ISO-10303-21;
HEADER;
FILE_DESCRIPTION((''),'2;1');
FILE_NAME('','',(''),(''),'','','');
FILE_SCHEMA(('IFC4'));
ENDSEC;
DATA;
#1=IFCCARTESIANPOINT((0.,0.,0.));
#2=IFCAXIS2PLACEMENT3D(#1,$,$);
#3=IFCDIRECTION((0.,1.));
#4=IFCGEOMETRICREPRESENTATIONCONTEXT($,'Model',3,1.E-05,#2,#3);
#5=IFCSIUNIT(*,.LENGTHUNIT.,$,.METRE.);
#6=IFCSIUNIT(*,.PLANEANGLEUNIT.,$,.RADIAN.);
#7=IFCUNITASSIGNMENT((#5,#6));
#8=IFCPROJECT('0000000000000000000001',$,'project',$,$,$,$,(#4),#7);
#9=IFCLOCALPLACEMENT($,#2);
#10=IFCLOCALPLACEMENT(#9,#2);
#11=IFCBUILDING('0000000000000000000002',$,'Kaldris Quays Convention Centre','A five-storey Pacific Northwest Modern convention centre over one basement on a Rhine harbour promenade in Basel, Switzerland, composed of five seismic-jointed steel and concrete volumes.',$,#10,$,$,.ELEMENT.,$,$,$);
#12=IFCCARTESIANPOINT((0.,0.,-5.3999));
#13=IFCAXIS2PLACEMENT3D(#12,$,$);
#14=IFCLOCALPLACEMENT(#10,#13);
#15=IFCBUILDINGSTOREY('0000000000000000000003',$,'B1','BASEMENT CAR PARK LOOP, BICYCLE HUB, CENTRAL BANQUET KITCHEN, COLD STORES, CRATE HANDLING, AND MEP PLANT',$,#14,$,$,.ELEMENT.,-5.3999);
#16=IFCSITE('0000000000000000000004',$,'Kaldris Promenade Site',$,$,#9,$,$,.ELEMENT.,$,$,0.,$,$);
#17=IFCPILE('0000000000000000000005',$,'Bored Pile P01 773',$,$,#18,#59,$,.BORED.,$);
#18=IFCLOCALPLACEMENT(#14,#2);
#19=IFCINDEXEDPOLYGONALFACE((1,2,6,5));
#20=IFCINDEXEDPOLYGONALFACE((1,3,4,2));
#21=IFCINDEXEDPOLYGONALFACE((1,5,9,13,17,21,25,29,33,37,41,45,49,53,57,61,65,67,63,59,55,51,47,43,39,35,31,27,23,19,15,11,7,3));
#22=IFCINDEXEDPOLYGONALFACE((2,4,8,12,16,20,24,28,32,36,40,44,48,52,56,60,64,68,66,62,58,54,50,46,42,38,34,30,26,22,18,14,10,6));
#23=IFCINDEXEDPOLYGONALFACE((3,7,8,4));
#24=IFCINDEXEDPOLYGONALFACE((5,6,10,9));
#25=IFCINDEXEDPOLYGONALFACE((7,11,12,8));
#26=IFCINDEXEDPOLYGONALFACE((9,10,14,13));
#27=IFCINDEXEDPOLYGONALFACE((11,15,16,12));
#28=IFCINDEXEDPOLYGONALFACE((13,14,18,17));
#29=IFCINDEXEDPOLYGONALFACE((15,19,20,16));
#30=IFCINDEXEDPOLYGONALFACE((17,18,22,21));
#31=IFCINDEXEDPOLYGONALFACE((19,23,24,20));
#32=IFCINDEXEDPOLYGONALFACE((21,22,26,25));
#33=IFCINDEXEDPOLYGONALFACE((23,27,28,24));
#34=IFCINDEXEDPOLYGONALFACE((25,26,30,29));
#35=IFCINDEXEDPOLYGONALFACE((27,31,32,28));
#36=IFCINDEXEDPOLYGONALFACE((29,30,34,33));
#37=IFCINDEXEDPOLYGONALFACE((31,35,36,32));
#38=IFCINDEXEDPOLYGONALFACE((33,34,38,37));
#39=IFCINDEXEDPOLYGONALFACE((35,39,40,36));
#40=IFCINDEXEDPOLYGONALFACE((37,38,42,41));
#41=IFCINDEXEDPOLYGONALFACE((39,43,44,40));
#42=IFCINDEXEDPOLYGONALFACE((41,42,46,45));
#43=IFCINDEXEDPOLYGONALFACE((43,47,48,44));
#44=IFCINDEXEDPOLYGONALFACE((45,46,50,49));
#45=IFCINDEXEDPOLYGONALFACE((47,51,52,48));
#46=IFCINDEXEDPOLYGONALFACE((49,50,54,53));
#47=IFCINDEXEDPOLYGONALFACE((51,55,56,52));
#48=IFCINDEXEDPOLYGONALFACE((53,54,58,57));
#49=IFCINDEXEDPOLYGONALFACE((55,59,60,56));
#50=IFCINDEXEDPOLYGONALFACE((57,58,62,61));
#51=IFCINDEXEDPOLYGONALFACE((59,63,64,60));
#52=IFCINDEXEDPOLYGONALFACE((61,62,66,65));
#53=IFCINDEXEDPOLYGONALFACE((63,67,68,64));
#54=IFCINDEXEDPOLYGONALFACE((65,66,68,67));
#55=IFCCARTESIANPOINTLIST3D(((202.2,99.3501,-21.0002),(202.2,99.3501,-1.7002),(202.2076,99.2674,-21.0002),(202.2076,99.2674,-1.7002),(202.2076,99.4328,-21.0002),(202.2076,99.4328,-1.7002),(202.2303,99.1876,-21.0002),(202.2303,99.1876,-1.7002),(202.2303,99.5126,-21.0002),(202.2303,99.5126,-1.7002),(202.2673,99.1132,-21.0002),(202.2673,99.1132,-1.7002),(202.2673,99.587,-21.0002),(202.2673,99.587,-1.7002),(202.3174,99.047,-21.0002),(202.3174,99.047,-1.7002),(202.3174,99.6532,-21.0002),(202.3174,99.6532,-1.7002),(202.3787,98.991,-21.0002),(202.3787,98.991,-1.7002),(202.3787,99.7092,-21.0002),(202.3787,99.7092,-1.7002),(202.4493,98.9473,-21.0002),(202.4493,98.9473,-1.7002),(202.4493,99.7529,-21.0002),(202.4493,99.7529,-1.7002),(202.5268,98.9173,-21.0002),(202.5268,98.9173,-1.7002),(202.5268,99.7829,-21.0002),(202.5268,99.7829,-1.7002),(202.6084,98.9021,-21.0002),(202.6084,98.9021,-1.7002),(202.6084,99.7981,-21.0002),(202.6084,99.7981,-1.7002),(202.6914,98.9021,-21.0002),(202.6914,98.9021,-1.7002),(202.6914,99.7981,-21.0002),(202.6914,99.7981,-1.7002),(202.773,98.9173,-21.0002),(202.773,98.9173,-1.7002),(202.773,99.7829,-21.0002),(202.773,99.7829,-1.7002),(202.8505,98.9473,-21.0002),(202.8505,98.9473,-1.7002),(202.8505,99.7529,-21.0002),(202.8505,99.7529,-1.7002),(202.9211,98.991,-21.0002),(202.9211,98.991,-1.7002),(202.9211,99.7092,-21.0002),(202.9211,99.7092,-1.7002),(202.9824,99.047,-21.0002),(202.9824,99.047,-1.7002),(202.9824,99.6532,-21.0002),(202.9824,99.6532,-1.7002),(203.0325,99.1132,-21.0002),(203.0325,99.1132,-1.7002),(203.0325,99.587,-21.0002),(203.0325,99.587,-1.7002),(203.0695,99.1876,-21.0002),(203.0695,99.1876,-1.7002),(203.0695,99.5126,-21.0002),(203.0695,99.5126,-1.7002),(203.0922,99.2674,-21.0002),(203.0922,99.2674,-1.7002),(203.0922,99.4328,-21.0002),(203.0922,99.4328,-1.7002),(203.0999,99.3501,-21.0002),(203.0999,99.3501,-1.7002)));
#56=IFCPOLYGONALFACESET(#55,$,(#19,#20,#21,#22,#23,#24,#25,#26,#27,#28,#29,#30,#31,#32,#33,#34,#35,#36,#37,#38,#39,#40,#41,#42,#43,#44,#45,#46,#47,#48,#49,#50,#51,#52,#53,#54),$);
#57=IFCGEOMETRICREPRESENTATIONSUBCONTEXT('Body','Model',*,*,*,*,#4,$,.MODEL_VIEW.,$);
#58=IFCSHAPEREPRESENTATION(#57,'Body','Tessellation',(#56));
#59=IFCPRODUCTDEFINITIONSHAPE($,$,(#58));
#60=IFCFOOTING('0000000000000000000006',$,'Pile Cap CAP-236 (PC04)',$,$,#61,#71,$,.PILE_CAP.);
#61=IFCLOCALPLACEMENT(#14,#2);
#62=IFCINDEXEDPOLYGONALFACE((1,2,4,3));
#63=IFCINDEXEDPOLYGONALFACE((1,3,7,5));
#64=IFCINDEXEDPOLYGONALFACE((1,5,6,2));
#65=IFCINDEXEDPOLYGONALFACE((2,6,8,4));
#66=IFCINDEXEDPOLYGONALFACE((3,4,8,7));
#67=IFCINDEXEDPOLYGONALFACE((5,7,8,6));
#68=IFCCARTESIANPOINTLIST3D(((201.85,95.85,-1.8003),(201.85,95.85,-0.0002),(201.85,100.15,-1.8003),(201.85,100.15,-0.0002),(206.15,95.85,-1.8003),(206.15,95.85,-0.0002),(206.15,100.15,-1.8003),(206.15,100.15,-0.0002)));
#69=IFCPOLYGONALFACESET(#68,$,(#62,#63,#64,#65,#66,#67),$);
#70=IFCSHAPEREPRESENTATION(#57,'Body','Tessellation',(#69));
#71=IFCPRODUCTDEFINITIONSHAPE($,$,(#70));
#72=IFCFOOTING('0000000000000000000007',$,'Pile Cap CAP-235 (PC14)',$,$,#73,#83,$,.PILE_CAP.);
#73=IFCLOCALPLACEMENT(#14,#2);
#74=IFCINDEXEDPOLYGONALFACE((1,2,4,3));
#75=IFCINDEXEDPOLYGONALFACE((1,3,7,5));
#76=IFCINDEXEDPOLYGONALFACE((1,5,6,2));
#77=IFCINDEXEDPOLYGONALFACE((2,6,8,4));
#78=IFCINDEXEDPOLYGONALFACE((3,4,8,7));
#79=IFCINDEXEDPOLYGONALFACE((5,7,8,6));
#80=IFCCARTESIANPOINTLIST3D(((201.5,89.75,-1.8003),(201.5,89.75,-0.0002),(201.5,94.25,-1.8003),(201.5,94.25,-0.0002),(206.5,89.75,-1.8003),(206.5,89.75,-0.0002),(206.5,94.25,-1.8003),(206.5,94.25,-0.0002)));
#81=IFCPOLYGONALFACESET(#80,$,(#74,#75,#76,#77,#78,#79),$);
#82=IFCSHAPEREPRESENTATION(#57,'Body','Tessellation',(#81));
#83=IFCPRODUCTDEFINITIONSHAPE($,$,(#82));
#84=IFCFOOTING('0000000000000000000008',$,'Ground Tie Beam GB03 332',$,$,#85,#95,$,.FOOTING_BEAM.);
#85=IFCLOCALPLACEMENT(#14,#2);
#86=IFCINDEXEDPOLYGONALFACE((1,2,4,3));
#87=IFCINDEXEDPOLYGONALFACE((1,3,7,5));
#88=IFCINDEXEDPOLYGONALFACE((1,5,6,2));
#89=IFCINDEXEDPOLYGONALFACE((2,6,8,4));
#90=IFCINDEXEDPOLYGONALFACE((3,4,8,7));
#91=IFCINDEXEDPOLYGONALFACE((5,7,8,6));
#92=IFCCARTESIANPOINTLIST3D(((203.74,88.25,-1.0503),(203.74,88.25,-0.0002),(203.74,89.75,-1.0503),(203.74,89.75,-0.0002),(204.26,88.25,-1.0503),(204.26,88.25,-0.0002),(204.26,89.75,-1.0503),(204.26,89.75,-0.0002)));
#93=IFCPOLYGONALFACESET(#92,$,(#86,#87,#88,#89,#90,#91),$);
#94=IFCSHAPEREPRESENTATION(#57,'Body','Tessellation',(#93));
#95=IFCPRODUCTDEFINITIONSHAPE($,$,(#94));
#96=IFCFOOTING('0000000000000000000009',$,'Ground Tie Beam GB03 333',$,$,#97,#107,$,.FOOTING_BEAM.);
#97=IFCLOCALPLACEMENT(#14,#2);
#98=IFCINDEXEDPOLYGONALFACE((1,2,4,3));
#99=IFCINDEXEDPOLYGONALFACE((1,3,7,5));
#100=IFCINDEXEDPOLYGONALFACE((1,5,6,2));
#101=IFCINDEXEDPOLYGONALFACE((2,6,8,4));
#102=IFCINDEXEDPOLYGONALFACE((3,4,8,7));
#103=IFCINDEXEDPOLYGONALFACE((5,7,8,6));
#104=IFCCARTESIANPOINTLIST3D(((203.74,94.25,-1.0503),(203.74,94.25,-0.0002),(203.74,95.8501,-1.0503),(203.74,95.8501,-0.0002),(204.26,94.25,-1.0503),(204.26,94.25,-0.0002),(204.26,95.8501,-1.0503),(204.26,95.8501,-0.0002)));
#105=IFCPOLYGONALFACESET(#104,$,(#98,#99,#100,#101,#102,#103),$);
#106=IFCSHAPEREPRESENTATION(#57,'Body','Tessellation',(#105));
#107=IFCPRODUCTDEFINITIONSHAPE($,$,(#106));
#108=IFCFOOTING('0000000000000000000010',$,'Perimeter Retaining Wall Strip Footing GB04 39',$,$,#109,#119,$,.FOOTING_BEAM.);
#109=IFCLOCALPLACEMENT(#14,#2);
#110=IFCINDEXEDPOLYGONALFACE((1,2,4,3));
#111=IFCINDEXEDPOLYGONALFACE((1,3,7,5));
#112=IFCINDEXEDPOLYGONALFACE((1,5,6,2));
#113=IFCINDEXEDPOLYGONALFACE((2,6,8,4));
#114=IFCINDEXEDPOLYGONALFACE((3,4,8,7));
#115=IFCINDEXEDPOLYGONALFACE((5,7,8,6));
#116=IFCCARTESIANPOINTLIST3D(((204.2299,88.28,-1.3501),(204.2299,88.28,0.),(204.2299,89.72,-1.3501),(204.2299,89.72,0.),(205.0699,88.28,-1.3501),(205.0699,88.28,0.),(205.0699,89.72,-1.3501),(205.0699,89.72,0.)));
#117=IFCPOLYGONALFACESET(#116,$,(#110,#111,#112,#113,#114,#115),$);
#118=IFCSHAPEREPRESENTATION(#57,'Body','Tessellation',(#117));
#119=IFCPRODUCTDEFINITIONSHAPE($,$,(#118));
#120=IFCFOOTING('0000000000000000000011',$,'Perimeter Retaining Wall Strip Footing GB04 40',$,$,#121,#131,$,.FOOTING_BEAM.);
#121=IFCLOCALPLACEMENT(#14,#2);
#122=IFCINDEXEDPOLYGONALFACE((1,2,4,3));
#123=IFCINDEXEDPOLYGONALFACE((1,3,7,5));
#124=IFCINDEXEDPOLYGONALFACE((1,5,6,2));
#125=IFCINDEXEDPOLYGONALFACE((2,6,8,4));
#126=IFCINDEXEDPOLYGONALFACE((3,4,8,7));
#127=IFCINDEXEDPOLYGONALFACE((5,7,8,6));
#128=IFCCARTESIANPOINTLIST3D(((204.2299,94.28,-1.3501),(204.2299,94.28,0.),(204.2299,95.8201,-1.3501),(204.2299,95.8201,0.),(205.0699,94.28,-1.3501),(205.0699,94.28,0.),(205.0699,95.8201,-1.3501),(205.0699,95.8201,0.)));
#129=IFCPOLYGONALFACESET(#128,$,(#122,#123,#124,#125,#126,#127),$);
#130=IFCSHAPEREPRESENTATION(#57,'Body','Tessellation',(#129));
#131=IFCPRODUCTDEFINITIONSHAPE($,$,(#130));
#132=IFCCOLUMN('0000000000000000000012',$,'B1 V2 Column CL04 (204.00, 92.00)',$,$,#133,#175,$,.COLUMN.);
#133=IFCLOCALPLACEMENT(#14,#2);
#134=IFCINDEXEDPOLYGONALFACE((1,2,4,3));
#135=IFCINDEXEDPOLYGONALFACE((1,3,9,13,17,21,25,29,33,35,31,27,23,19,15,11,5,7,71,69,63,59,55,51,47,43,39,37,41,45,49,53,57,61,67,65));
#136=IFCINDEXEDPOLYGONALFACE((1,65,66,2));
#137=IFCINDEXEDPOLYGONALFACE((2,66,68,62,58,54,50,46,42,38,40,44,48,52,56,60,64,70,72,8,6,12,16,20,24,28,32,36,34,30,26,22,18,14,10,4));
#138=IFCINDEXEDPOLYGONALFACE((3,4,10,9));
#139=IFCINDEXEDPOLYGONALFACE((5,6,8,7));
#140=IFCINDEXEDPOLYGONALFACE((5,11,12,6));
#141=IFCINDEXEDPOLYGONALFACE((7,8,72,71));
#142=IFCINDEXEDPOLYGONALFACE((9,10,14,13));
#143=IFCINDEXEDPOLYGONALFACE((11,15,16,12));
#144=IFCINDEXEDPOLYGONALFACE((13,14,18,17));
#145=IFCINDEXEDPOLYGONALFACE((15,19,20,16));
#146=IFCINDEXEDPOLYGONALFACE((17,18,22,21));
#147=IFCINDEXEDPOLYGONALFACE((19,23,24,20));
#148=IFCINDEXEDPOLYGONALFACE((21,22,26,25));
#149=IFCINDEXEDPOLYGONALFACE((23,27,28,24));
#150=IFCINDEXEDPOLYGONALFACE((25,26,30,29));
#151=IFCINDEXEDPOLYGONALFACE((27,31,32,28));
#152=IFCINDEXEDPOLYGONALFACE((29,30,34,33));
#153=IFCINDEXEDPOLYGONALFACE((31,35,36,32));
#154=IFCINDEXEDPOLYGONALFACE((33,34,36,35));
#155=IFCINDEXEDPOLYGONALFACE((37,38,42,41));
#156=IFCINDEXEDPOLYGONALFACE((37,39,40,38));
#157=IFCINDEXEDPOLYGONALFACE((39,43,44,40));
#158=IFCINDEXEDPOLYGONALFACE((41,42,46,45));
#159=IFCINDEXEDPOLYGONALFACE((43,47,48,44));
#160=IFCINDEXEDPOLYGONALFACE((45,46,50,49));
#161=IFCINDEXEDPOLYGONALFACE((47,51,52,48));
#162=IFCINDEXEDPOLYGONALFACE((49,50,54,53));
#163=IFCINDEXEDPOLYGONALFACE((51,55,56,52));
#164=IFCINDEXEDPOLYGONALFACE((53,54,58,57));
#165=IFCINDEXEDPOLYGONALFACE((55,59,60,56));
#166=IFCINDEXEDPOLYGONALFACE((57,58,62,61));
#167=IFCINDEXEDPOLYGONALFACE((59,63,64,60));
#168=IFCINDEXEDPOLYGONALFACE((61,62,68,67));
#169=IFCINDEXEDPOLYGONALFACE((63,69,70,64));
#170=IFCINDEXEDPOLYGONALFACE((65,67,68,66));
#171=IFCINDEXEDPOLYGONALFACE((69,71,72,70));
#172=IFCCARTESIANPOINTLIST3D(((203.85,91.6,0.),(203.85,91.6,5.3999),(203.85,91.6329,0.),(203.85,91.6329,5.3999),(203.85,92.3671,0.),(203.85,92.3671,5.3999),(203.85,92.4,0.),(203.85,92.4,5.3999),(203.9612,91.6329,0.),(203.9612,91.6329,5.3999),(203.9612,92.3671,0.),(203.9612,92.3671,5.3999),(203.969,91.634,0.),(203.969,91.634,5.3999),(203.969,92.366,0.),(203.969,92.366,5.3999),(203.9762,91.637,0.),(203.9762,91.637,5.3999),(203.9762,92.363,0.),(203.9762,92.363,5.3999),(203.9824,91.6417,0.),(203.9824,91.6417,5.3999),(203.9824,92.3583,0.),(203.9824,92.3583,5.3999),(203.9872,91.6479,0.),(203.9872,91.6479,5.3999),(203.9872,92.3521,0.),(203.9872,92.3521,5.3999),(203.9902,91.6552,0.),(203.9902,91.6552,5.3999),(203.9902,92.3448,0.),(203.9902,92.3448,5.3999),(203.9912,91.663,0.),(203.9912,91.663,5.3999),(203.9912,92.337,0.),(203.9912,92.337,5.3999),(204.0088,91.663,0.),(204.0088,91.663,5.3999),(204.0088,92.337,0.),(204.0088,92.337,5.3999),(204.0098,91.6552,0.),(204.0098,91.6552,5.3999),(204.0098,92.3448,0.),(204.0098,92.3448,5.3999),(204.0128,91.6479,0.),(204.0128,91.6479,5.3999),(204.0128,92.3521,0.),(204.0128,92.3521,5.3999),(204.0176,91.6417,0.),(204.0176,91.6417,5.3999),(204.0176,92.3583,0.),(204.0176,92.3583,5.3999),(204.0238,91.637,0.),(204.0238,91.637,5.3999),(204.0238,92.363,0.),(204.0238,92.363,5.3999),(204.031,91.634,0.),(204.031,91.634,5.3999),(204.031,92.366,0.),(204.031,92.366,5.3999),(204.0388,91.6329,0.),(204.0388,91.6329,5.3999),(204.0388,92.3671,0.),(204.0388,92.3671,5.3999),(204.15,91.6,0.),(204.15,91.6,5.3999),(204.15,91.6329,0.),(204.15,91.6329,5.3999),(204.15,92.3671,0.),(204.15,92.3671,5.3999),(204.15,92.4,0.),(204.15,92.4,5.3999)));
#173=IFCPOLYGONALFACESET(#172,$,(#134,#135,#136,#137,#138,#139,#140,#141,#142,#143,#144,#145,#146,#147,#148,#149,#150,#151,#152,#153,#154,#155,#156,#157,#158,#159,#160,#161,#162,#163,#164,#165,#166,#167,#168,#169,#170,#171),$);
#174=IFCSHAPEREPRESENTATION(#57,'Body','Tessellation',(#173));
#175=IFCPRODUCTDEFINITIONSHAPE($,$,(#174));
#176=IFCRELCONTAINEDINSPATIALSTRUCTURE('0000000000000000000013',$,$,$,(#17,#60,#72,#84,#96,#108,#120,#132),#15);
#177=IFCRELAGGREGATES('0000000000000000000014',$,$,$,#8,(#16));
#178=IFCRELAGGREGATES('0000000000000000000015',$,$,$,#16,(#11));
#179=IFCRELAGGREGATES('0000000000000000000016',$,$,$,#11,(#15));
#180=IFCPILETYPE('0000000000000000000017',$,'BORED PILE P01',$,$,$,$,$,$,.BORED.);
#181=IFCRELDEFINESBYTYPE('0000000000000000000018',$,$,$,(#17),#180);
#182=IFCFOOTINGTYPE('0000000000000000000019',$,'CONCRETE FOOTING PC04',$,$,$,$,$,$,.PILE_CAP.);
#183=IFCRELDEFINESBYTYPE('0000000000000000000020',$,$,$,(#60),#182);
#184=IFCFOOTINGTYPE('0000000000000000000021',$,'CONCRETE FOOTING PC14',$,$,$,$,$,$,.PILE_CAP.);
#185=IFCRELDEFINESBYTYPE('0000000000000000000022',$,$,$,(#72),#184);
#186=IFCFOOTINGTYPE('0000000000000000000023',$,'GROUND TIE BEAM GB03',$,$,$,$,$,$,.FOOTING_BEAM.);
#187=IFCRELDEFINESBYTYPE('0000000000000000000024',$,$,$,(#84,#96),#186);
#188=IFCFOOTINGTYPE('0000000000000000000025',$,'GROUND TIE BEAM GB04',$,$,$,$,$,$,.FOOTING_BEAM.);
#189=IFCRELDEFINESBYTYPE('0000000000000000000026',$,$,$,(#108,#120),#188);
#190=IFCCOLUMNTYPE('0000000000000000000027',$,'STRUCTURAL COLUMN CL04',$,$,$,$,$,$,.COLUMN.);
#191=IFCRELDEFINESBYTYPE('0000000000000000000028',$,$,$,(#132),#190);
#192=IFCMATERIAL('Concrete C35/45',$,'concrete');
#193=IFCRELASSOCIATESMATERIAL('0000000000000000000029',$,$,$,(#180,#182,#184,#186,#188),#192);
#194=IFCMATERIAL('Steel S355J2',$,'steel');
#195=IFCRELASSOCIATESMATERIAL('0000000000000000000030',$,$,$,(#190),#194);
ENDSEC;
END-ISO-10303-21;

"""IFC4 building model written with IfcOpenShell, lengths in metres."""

from ifc_helpers import new_model, si_unit, direction, frame, origin, origin_2d, place, context, subcontext, project, spatial, rectangle, circle, i_section, extrude, material, material_profile, profile_set, type_object, element, save


model = new_model("IFC4")

# Units and contexts
model_context = context("Model", 3, precision=1e-05, world=origin(), true_north=direction((0.0, 1.0)))
body_context = subcontext(model_context, "Body", "Model", "MODEL_VIEW")
ifc_project = project(units=[si_unit("LENGTHUNIT", "METRE"), si_unit("PLANEANGLEUNIT", "RADIAN")], contexts=[model_context])

# Site, building, storey
site_placement = place(None, origin())
site = spatial("IfcSite", under=ifc_project, at=site_placement, Name="Kaldris Promenade Site", CompositionType="ELEMENT", RefElevation=0.0)
building_placement = place(site_placement, origin())
building = spatial("IfcBuilding", under=site, at=building_placement, Name="Kaldris Quays Convention Centre", Description="A five-storey Pacific Northwest Modern convention centre over one basement on a Rhine harbour promenade in Basel, Switzerland, composed of five seismic-jointed steel and concrete volumes.", CompositionType="ELEMENT")
storey_placement = place(building_placement, frame((0.0, 0.0, -5.3999)))
storey = spatial("IfcBuildingStorey", under=building, at=storey_placement, Name="B1", Description="BASEMENT CAR PARK LOOP, BICYCLE HUB, CENTRAL BANQUET KITCHEN, COLD STORES, CRATE HANDLING, AND MEP PLANT", CompositionType="ELEMENT", Elevation=-5.3999)

# Pile
ifc_material_1 = material(Name="Concrete C35/45", Category="concrete")
ifc_material_profile_1 = material_profile(ifc_material_1, circle(Radius=0.45, at=origin_2d()), Name="BORED PILE D900")
ifc_profile_set_1 = profile_set([ifc_material_profile_1], Name="Concrete C35/45")
pile_type = type_object("IfcPileType", Name="BORED PILE P01", PredefinedType="BORED", material=ifc_profile_set_1)
for number, where, z_axis, x_axis, name in (
    (1, (202.6499, 99.3501, -1.7002), (0.0, 0.0, -1.0), (1.0, 0.0, 0.0), "Bored Pile P01 773"),
):
    element("IfcPile", number, at=place(storey_placement, frame(where, z_axis=z_axis, x_axis=x_axis)), inside=storey, type_object=pile_type, Name=name, PredefinedType="BORED", context=body_context, shape_type="SweptSolid", body=[
        extrude(circle(Radius=0.45, at=origin_2d()), origin(), (0.0, 0.0, 1.0), 19.3),
    ])

# Footings
footing_type_1 = type_object("IfcFootingType", Name="CONCRETE FOOTING PC04", PredefinedType="PILE_CAP", material=ifc_material_1)
footing_1_placement = place(storey_placement, frame((204.0, 98.0, -1.8003), z_axis=(0.0, 0.0, 1.0), x_axis=(1.0, 0.0, 0.0)))
element("IfcFooting", 2, at=footing_1_placement, inside=storey, type_object=footing_type_1, Name="Pile Cap CAP-236 (PC04)", PredefinedType="PILE_CAP", context=body_context, shape_type="SweptSolid", body=[
    extrude(rectangle(XDim=4.3, YDim=4.3, at=origin_2d()), origin(), (0.0, 0.0, 1.0), 1.8),
])
footing_type_2 = type_object("IfcFootingType", Name="CONCRETE FOOTING PC14", PredefinedType="PILE_CAP", material=ifc_material_1)
footing_2_placement = place(storey_placement, frame((204.0, 92.0, -1.8003), z_axis=(0.0, 0.0, 1.0), x_axis=(1.0, 0.0, 0.0)))
element("IfcFooting", 3, at=footing_2_placement, inside=storey, type_object=footing_type_2, Name="Pile Cap CAP-235 (PC14)", PredefinedType="PILE_CAP", context=body_context, shape_type="SweptSolid", body=[
    extrude(rectangle(XDim=5.0, YDim=4.5, at=origin_2d()), origin(), (0.0, 0.0, 1.0), 1.8),
])
footing_type_3 = type_object("IfcFootingType", Name="GROUND TIE BEAM GB03", PredefinedType="FOOTING_BEAM", material=ifc_material_1)
footing_3_placement = place(storey_placement, frame((204.0, 89.0, -1.0503), z_axis=(0.0, 0.0, 1.0), x_axis=(1.0, 0.0, 0.0)))
element("IfcFooting", 4, at=footing_3_placement, inside=storey, type_object=footing_type_3, Name="Ground Tie Beam GB03 332", PredefinedType="FOOTING_BEAM", context=body_context, shape_type="SweptSolid", body=[
    extrude(rectangle(XDim=0.52, YDim=1.5, at=origin_2d()), origin(), (0.0, 0.0, 1.0), 1.05),
])
footing_4_placement = place(storey_placement, frame((204.0, 95.05, -1.0503), z_axis=(0.0, 0.0, 1.0), x_axis=(1.0, 0.0, 0.0)))
element("IfcFooting", 5, at=footing_4_placement, inside=storey, type_object=footing_type_3, Name="Ground Tie Beam GB03 333", PredefinedType="FOOTING_BEAM", context=body_context, shape_type="SweptSolid", body=[
    extrude(rectangle(XDim=0.52, YDim=1.6001, at=origin_2d()), origin(), (0.0, 0.0, 1.0), 1.05),
])
footing_type_4 = type_object("IfcFootingType", Name="GROUND TIE BEAM GB04", PredefinedType="FOOTING_BEAM", material=ifc_material_1)
footing_5_placement = place(storey_placement, frame((204.6499, 89.0, -1.3501), z_axis=(0.0, 0.0, 1.0), x_axis=(1.0, 0.0, 0.0)))
element("IfcFooting", 6, at=footing_5_placement, inside=storey, type_object=footing_type_4, Name="Perimeter Retaining Wall Strip Footing GB04 39", PredefinedType="FOOTING_BEAM", context=body_context, shape_type="SweptSolid", body=[
    extrude(rectangle(XDim=0.8401, YDim=1.4399, at=origin_2d()), origin(), (0.0, 0.0, 1.0), 1.3501),
])
footing_6_placement = place(storey_placement, frame((204.6499, 95.05, -1.3501), z_axis=(0.0, 0.0, 1.0), x_axis=(1.0, 0.0, 0.0)))
element("IfcFooting", 7, at=footing_6_placement, inside=storey, type_object=footing_type_4, Name="Perimeter Retaining Wall Strip Footing GB04 40", PredefinedType="FOOTING_BEAM", context=body_context, shape_type="SweptSolid", body=[
    extrude(rectangle(XDim=0.8401, YDim=1.54, at=origin_2d()), origin(), (0.0, 0.0, 1.0), 1.3501),
])

# Column
ifc_material_2 = material(Name="Steel S355J2", Category="steel")
ifc_material_profile_2 = material_profile(ifc_material_2, i_section(OverallWidth=0.3, OverallDepth=0.8, WebThickness=0.0176, FlangeThickness=0.033, FilletRadius=0.03, at=origin_2d()), Name="HEB 800")
ifc_profile_set_2 = profile_set([ifc_material_profile_2], Name="Steel S355J2")
column_type = type_object("IfcColumnType", Name="STRUCTURAL COLUMN CL04", PredefinedType="COLUMN", material=ifc_profile_set_2)
for number, where, z_axis, x_axis, name in (
    (8, (204.0, 92.0, 0.0), (0.0, 0.0, 1.0), (1.0, 0.0, 0.0), "B1 V2 Column CL04 (204.00, 92.00)"),
):
    element("IfcColumn", number, at=place(storey_placement, frame(where, z_axis=z_axis, x_axis=x_axis)), inside=storey, type_object=column_type, Name=name, PredefinedType="COLUMN", context=body_context, shape_type="SweptSolid", body=[
        extrude(i_section(OverallWidth=0.3, OverallDepth=0.8, WebThickness=0.0176, FlangeThickness=0.033, FilletRadius=0.03, at=origin_2d()), origin(), (0.0, 0.0, 1.0), 5.3999),
    ])

save(model, "model.ifc")
